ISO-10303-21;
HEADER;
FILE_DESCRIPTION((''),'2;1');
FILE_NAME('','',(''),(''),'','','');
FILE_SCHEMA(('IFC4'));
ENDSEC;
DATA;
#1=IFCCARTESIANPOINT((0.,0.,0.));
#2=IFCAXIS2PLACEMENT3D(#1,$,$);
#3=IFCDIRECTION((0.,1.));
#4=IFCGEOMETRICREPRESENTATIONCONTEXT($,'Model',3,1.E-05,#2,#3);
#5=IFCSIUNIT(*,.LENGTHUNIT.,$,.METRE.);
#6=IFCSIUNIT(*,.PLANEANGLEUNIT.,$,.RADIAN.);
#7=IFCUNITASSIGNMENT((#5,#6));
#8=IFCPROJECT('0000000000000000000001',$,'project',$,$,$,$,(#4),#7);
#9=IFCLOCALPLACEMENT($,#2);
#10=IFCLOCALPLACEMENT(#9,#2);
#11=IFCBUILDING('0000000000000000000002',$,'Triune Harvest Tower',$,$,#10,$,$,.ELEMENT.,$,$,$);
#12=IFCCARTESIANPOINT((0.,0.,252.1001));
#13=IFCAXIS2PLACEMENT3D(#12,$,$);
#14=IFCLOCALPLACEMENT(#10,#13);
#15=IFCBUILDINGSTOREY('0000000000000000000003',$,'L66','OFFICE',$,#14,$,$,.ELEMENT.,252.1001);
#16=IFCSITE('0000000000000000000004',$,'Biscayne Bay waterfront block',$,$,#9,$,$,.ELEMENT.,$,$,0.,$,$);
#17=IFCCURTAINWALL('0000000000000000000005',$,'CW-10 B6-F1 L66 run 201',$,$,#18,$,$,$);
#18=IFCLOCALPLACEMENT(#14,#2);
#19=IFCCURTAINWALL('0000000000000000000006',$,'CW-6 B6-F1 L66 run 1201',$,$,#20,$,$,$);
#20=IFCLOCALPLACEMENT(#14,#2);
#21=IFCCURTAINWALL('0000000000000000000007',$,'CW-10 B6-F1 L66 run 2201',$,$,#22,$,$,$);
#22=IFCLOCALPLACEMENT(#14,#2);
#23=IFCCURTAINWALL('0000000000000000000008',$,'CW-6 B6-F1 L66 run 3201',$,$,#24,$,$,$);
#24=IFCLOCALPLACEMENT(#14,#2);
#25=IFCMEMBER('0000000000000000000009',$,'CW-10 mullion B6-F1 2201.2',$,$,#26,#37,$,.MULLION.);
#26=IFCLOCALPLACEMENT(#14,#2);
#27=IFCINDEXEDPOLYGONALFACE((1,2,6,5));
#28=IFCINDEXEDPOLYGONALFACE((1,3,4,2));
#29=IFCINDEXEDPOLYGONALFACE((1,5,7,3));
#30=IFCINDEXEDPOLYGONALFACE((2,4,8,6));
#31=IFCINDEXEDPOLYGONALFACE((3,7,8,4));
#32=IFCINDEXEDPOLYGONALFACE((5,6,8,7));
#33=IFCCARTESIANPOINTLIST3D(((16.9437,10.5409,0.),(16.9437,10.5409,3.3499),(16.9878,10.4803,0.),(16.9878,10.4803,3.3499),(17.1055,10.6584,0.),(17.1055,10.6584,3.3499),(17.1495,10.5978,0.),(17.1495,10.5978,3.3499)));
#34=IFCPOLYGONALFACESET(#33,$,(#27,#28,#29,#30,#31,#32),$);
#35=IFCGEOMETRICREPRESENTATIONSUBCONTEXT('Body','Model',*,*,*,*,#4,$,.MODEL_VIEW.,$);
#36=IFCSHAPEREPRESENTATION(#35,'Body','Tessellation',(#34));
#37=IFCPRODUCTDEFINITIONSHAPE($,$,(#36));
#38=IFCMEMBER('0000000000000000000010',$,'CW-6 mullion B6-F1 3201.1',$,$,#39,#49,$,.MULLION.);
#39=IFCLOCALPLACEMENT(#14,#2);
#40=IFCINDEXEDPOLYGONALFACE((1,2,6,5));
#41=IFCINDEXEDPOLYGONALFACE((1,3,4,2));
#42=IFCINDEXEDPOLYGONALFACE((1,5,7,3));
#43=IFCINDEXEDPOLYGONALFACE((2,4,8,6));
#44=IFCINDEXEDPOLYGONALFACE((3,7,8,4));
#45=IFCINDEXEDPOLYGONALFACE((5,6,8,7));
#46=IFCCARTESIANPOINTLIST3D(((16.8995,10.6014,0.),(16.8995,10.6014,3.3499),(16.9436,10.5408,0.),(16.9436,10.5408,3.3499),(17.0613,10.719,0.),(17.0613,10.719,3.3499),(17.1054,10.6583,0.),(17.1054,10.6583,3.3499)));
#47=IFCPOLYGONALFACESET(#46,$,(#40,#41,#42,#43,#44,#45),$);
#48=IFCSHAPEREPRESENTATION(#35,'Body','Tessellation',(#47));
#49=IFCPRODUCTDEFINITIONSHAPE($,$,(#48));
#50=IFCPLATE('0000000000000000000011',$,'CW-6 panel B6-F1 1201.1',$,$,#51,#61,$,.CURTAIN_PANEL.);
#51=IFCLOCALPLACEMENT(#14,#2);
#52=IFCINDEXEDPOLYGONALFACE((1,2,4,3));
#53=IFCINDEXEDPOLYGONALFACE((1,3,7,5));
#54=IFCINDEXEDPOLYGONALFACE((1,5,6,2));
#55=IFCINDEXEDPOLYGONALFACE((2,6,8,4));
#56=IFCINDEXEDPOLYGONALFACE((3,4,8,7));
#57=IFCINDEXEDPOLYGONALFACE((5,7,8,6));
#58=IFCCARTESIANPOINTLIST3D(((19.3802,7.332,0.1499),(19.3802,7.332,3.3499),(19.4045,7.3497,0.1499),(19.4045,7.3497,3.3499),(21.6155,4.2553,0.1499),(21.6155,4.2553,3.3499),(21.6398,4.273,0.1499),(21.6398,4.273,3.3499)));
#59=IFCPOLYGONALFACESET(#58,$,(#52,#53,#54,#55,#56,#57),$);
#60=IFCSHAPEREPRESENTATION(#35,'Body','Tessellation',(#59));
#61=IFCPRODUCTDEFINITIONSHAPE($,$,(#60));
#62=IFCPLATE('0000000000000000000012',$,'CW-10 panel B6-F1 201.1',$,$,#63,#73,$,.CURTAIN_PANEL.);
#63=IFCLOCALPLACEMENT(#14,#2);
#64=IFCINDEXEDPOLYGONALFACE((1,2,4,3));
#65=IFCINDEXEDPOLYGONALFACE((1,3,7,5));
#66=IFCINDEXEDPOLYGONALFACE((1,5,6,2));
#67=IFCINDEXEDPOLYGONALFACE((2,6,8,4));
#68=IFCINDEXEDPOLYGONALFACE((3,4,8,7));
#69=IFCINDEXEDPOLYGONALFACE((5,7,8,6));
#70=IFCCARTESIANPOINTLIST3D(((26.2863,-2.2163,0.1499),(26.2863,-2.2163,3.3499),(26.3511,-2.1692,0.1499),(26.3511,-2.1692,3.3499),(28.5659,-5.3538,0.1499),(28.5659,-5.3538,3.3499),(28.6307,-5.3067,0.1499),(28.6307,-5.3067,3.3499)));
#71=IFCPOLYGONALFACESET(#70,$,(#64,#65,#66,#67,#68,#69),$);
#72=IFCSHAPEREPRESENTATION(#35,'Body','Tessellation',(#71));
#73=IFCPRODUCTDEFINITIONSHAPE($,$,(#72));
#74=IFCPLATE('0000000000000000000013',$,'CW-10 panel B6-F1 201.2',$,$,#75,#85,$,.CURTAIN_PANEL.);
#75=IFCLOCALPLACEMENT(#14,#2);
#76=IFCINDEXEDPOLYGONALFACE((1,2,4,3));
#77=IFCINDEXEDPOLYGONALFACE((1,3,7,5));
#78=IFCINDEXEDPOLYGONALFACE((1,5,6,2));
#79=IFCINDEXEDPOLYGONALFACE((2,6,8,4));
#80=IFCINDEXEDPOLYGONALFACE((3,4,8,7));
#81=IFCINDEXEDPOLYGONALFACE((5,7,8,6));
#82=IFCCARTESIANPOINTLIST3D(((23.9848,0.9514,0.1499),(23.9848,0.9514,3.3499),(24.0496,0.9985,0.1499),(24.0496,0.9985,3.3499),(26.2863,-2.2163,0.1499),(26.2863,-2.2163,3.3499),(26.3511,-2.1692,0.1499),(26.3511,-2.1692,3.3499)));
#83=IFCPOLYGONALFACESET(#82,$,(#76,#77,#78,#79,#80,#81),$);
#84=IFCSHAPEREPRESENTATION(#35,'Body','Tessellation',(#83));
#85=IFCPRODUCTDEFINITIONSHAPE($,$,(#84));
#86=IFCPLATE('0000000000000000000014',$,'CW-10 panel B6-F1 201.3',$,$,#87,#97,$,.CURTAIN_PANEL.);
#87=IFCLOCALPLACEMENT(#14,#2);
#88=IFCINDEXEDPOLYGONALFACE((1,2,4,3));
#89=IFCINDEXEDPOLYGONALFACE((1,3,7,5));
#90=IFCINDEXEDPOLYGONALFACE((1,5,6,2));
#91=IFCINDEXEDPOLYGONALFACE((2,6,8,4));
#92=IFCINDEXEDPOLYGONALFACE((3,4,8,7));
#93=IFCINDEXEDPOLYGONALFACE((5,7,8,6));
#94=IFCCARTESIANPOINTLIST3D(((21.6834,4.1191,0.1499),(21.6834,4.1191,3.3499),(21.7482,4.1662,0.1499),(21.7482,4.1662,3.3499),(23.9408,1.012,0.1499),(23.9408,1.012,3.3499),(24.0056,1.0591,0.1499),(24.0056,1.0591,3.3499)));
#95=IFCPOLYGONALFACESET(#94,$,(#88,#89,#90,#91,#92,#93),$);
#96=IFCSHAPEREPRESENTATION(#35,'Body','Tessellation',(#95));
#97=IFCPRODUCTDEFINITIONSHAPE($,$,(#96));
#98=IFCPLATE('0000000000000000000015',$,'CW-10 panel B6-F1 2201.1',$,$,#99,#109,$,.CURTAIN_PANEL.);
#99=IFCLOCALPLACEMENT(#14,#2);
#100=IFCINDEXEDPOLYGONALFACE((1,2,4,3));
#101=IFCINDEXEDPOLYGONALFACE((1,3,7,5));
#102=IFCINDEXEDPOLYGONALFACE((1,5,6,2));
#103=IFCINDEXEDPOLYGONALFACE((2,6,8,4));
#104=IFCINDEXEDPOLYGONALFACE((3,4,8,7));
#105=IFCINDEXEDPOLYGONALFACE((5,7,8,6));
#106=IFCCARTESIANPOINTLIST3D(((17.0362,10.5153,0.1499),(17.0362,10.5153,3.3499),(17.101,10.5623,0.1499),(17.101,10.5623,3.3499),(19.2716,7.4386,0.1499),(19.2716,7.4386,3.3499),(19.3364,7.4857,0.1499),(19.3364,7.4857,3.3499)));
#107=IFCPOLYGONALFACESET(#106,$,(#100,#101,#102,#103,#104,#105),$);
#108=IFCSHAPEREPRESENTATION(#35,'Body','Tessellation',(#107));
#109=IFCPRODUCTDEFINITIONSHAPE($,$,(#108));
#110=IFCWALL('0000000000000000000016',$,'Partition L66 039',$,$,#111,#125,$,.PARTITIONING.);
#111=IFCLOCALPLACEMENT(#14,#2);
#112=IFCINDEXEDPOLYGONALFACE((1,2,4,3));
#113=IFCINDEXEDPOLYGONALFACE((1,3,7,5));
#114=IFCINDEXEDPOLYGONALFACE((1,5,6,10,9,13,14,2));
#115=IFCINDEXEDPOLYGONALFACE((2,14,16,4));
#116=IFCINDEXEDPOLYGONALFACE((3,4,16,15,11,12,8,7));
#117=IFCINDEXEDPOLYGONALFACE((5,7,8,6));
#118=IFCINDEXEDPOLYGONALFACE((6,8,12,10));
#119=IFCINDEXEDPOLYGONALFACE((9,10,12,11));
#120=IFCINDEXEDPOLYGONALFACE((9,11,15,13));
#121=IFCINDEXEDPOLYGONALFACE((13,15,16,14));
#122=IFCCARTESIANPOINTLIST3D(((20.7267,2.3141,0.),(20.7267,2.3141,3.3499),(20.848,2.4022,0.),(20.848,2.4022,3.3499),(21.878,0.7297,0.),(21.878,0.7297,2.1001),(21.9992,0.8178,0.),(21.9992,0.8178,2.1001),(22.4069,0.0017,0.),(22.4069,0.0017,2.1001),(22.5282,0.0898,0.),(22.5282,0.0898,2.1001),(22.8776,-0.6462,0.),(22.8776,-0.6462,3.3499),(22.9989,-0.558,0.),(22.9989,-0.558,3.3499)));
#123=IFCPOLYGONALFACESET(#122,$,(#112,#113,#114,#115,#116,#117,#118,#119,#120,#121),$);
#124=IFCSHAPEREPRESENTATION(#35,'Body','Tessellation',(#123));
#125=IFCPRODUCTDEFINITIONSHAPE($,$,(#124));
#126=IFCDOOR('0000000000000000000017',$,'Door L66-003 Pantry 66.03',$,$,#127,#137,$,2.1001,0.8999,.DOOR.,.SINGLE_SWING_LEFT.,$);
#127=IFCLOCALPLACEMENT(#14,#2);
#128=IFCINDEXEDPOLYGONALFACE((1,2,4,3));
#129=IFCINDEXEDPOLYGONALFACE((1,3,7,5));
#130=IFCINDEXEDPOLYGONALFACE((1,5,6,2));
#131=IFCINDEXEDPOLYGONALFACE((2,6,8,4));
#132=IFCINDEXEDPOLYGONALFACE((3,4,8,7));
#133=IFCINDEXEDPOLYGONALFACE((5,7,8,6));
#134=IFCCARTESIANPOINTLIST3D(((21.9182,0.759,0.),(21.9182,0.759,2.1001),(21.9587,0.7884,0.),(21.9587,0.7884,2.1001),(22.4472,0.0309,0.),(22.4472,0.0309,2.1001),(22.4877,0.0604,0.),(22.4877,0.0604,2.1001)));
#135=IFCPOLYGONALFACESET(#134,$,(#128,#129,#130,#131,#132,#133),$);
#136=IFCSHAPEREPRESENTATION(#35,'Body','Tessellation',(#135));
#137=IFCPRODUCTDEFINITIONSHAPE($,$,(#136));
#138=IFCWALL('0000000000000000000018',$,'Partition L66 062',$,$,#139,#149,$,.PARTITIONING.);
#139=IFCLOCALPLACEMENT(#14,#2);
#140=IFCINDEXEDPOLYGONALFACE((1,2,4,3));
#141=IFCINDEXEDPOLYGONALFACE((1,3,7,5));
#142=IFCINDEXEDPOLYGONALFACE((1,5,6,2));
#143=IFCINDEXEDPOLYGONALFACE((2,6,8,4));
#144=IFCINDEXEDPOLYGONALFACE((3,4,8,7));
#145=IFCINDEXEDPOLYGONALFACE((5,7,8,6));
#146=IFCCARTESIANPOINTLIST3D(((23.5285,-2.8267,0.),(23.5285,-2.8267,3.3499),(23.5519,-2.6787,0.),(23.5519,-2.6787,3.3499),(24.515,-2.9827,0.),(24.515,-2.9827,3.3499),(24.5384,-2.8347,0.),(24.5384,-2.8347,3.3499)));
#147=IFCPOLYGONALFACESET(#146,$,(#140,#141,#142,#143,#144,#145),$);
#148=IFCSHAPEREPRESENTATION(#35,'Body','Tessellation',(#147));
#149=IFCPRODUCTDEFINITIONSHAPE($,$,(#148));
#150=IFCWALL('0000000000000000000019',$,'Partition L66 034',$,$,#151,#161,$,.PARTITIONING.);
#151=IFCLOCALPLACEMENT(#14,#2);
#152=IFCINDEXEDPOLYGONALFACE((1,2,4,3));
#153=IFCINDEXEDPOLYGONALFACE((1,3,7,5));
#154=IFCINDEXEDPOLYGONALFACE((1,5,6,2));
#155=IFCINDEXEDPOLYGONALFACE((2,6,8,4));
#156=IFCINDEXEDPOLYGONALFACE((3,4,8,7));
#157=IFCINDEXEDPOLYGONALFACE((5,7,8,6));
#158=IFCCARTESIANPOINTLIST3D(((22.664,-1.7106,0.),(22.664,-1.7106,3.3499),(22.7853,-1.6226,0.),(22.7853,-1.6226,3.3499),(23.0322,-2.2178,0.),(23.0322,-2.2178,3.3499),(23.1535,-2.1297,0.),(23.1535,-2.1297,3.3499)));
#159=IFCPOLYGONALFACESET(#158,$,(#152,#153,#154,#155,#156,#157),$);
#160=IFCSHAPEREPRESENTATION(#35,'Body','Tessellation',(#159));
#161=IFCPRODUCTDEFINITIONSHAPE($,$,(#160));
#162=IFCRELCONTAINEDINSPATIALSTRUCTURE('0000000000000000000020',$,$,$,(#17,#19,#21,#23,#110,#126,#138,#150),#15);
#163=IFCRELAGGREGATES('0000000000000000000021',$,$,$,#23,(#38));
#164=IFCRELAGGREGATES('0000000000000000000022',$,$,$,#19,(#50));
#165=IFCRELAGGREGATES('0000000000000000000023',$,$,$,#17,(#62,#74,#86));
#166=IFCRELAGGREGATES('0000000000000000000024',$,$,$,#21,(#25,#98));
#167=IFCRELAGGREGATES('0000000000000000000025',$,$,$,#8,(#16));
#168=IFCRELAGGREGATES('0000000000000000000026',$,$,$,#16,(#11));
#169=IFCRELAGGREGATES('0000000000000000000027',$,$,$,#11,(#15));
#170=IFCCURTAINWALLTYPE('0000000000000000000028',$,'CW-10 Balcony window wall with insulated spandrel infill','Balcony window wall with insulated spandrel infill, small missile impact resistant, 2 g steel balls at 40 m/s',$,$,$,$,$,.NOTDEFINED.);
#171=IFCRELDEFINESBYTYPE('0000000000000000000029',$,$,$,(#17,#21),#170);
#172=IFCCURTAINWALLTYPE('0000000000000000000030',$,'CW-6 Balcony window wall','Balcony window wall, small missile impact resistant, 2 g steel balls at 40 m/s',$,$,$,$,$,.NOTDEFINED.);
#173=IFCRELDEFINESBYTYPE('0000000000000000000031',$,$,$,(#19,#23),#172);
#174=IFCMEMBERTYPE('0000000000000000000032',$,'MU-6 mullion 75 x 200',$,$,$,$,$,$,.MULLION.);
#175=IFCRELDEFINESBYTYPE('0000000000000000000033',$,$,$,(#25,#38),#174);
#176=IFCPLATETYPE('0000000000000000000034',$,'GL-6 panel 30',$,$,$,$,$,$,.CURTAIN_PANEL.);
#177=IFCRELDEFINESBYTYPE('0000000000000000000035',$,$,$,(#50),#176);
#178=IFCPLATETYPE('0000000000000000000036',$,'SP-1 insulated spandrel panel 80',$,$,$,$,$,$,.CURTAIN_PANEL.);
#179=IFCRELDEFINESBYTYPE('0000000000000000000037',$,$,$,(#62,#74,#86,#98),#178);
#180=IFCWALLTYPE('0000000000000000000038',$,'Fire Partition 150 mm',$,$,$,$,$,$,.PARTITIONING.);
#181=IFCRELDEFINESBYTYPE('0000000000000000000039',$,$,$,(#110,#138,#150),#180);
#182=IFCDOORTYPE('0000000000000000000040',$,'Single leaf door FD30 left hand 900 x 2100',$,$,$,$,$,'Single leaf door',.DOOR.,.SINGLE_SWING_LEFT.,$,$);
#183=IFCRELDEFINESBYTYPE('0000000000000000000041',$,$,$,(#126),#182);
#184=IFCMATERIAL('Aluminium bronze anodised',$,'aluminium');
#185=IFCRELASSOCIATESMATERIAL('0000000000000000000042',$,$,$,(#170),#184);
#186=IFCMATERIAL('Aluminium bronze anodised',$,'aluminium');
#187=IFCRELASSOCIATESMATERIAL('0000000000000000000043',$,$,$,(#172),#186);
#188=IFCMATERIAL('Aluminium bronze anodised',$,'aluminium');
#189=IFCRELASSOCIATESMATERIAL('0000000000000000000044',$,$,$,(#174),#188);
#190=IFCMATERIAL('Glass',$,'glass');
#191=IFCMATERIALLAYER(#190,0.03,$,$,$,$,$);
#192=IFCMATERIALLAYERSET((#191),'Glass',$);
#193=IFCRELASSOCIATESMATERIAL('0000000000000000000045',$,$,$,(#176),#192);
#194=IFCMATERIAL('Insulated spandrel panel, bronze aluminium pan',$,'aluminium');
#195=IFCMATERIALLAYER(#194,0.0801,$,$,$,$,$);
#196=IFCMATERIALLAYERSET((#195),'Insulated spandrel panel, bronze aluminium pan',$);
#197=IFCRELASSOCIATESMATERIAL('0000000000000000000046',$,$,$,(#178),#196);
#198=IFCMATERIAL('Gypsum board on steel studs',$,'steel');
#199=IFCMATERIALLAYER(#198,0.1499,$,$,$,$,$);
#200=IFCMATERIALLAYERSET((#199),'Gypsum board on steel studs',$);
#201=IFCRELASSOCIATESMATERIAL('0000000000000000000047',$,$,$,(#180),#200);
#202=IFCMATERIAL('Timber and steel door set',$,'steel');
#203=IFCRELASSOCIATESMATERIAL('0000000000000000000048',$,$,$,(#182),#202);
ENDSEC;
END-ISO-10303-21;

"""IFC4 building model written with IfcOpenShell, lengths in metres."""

from ifc_helpers import new_model, si_unit, direction, frame, frame_2d, origin, origin_2d, place, context, subcontext, project, spatial, rectangle, extrude, source, transform, mapped, material, layer, layer_set, material_profile, profile_set, type_object, element, fill, aggregate, save


model = new_model("IFC4")

# Units and contexts
model_context = context("Model", 3, precision=1e-05, world=origin(), true_north=direction((0.0, 1.0)))
body_context = subcontext(model_context, "Body", "Model", "MODEL_VIEW")
ifc_project = project(units=[si_unit("LENGTHUNIT", "METRE"), si_unit("PLANEANGLEUNIT", "RADIAN")], contexts=[model_context])

# Site, building, storey
site_placement = place(None, origin())
site = spatial("IfcSite", under=ifc_project, at=site_placement, Name="Biscayne Bay waterfront block", CompositionType="ELEMENT", RefElevation=0.0)
building_placement = place(site_placement, origin())
building = spatial("IfcBuilding", under=site, at=building_placement, Name="Triune Harvest Tower", CompositionType="ELEMENT")
storey_placement = place(building_placement, frame((0.0, 0.0, 252.1001)))
storey = spatial("IfcBuildingStorey", under=building, at=storey_placement, Name="L66", Description="OFFICE", CompositionType="ELEMENT", Elevation=252.1001)

# Curtain walls
ifc_material_1 = material(Name="Aluminium bronze anodised", Category="aluminium")
curtain_wall_type_1 = type_object("IfcCurtainWallType", Name="CW-10 Balcony window wall with insulated spandrel infill", Description="Balcony window wall with insulated spandrel infill, small missile impact resistant, 2 g steel balls at 40 m/s", PredefinedType="NOTDEFINED", material=ifc_material_1)
curtain_wall_1_placement = place(storey_placement, origin())
curtain_wall_1 = element("IfcCurtainWall", 1, at=curtain_wall_1_placement, inside=storey, type_object=curtain_wall_type_1, Name="CW-10 B6-F1 L66 run 201")
ifc_material_2 = material(Name="Aluminium bronze anodised", Category="aluminium")
curtain_wall_type_2 = type_object("IfcCurtainWallType", Name="CW-6 Balcony window wall", Description="Balcony window wall, small missile impact resistant, 2 g steel balls at 40 m/s", PredefinedType="NOTDEFINED", material=ifc_material_2)
curtain_wall_2_placement = place(storey_placement, origin())
curtain_wall_2 = element("IfcCurtainWall", 2, at=curtain_wall_2_placement, inside=storey, type_object=curtain_wall_type_2, Name="CW-6 B6-F1 L66 run 1201")
curtain_wall_3_placement = place(storey_placement, origin())
curtain_wall_3 = element("IfcCurtainWall", 3, at=curtain_wall_3_placement, inside=storey, type_object=curtain_wall_type_1, Name="CW-10 B6-F1 L66 run 2201")
curtain_wall_4_placement = place(storey_placement, origin())
curtain_wall_4 = element("IfcCurtainWall", 4, at=curtain_wall_4_placement, inside=storey, type_object=curtain_wall_type_2, Name="CW-6 B6-F1 L66 run 3201")

# Members
ifc_material_3 = material(Name="Aluminium bronze anodised", Category="aluminium")
ifc_material_profile_1 = material_profile(ifc_material_3, rectangle(XDim=0.2, YDim=0.075, at=origin_2d()), Name="MU-6 mullion 75 x 200")
ifc_profile_set_1 = profile_set([ifc_material_profile_1], Name="Aluminium bronze anodised")
member_type_1 = type_object("IfcMemberType", Name="MU-6 mullion 75 x 200", PredefinedType="MULLION", material=ifc_profile_set_1)
shared_shape_1 = source(origin(), body_context, "Body", "SweptSolid", [
    extrude(rectangle(XDim=0.2, YDim=0.075, at=origin_2d()), origin(), (0.0, 0.0, 1.0), 3.3499),
])
member_1_placement = place(storey_placement, frame((17.0466, 10.5693, 0.0), z_axis=(0.0, 0.0, 1.0), x_axis=(-0.809012, -0.587793, 0.0)))
member_1 = element("IfcMember", 5, at=member_1_placement, type_object=member_type_1, Name="CW-10 mullion B6-F1 2201.2", PredefinedType="MULLION", context=body_context, shape_type="MappedRepresentation", body=[
    mapped(shared_shape_1, transform((0.0, 0.0, 0.0), scale=1.0)),
])
member_2_placement = place(storey_placement, frame((17.0024, 10.6299, 0.0), z_axis=(0.0, 0.0, 1.0), x_axis=(-0.809018, -0.587784, 0.0)))
member_2 = element("IfcMember", 6, at=member_2_placement, type_object=member_type_1, Name="CW-6 mullion B6-F1 3201.1", PredefinedType="MULLION", context=body_context, shape_type="MappedRepresentation", body=[
    mapped(shared_shape_1, transform((0.0, 0.0, 0.0), scale=1.0)),
])
aggregate(curtain_wall_4, [member_2])

# Plates
ifc_material_4 = material(Name="Glass", Category="glass")
ifc_layer_1 = layer(ifc_material_4, 0.03)
ifc_layer_set_1 = layer_set([ifc_layer_1], Name="Glass")
plate_type_1 = type_object("IfcPlateType", Name="GL-6 panel 30", PredefinedType="CURTAIN_PANEL", material=ifc_layer_set_1)
plate_1_placement = place(storey_placement, frame((20.51, 5.8025, 0.1499), z_axis=(0.0, 0.0, 1.0), x_axis=(-0.587776, 0.809024, 0.0)))
plate_1 = element("IfcPlate", 7, at=plate_1_placement, type_object=plate_type_1, Name="CW-6 panel B6-F1 1201.1", PredefinedType="CURTAIN_PANEL", context=body_context, shape_type="SweptSolid", body=[
    extrude(rectangle(XDim=3.803, YDim=0.03, at=origin_2d()), origin(), (0.0, 0.0, 1.0), 3.2),
])
aggregate(curtain_wall_2, [plate_1])
ifc_material_5 = material(Name="Insulated spandrel panel, bronze aluminium pan", Category="aluminium")
ifc_layer_2 = layer(ifc_material_5, 0.0801)
ifc_layer_set_2 = layer_set([ifc_layer_2], Name="Insulated spandrel panel, bronze aluminium pan")
plate_type_2 = type_object("IfcPlateType", Name="SP-1 insulated spandrel panel 80", PredefinedType="CURTAIN_PANEL", material=ifc_layer_set_2)
plate_2_placement = place(storey_placement, frame((27.4585, -3.7615, 0.1499), z_axis=(0.0, 0.0, 1.0), x_axis=(-0.587787, 0.809016, 0.0)))
plate_2 = element("IfcPlate", 8, at=plate_2_placement, type_object=plate_type_2, Name="CW-10 panel B6-F1 201.1", PredefinedType="CURTAIN_PANEL", context=body_context, shape_type="SweptSolid", body=[
    extrude(rectangle(XDim=3.8782, YDim=0.0801, at=origin_2d()), origin(), (0.0, 0.0, 1.0), 3.2),
])
plate_3_placement = place(storey_placement, frame((25.168, -0.6089, 0.1499), z_axis=(0.0, 0.0, 1.0), x_axis=(-0.587787, 0.809016, 0.0)))
plate_3 = element("IfcPlate", 9, at=plate_3_placement, type_object=plate_type_2, Name="CW-10 panel B6-F1 201.2", PredefinedType="CURTAIN_PANEL", context=body_context, shape_type="SweptSolid", body=[
    extrude(rectangle(XDim=3.9155, YDim=0.0801, at=origin_2d()), origin(), (0.0, 0.0, 1.0), 3.2),
])
plate_4_placement = place(storey_placement, frame((22.8445, 2.5891, 0.1499), z_axis=(0.0, 0.0, 1.0), x_axis=(-0.587787, 0.809016, 0.0)))
plate_4 = element("IfcPlate", 10, at=plate_4_placement, type_object=plate_type_2, Name="CW-10 panel B6-F1 201.3", PredefinedType="CURTAIN_PANEL", context=body_context, shape_type="SweptSolid", body=[
    extrude(rectangle(XDim=3.8406, YDim=0.0801, at=origin_2d()), origin(), (0.0, 0.0, 1.0), 3.2),
])
aggregate(curtain_wall_1, [plate_2, plate_3, plate_4])
plate_5_placement = place(storey_placement, frame((18.1863, 9.0005, 0.1499), z_axis=(0.0, 0.0, 1.0), x_axis=(-0.587793, 0.809012, 0.0)))
plate_5 = element("IfcPlate", 11, at=plate_5_placement, type_object=plate_type_2, Name="CW-10 panel B6-F1 2201.1", PredefinedType="CURTAIN_PANEL", context=body_context, shape_type="SweptSolid", body=[
    extrude(rectangle(XDim=3.803, YDim=0.0801, at=origin_2d()), origin(), (0.0, 0.0, 1.0), 3.2),
])
aggregate(curtain_wall_3, [member_1, plate_5])

# Wall, opening, door
ifc_material_6 = material(Name="Gypsum board on steel studs", Category="steel")
ifc_layer_3 = layer(ifc_material_6, 0.1499)
ifc_layer_set_3 = layer_set([ifc_layer_3], Name="Gypsum board on steel studs")
wall_type = type_object("IfcWallType", Name="Fire Partition 150 mm", PredefinedType="PARTITIONING", material=ifc_layer_set_3)
wall_1_placement = place(storey_placement, frame((20.7874, 2.3582, 0.0), z_axis=(0.0, 0.0, 1.0), x_axis=(0.587815, -0.808996, 0.0)))
wall_1 = element("IfcWall", 12, at=wall_1_placement, inside=storey, type_object=wall_type, Name="Partition L66 039", PredefinedType="PARTITIONING", context=body_context, shape_type="SweptSolid", body=[
    extrude(rectangle(XDim=3.6592, YDim=0.1499, at=frame_2d((1.8296, 0.0))), origin(), (0.0, 0.0, 1.0), 3.3499),
])
opening_1_placement = place(wall_1_placement, frame((1.9585, 0.0, 0.0)))
opening_1 = element("IfcOpeningElement", 13, at=opening_1_placement, cuts=wall_1, PredefinedType="OPENING", context=body_context, shape_type="SweptSolid", body=[
    extrude(rectangle(XDim=0.8999, YDim=2.1001, at=frame_2d((0.45, 1.05))), frame((0.0, 0.085, 0.0), z_axis=(0.0, -1.0, 0.0), x_axis=(1.0, 0.0, 0.0)), (0.0, 0.0, 1.0), 0.1699),
])
ifc_material_7 = material(Name="Timber and steel door set", Category="steel")
door_type_1 = type_object("IfcDoorType", Name="Single leaf door FD30 left hand 900 x 2100", ElementType="Single leaf door", OperationType="SINGLE_SWING_LEFT", PredefinedType="DOOR", material=ifc_material_7)
door_1_placement = place(opening_1_placement, origin())
door_1 = element("IfcDoor", 14, at=door_1_placement, inside=storey, type_object=door_type_1, Name="Door L66-003 Pantry 66.03", OperationType="SINGLE_SWING_LEFT", OverallHeight=2.1001, OverallWidth=0.8999, PredefinedType="DOOR", context=body_context, shape_type="SweptSolid", body=[
    extrude(rectangle(XDim=0.8999, YDim=2.1001, at=frame_2d((0.45, 1.05))), frame((0.0, 0.0249, 0.0), z_axis=(0.0, -1.0, 0.0), x_axis=(1.0, 0.0, 0.0)), (0.0, 0.0, 1.0), 0.05),
])
fill(opening_1, door_1)

# Walls
shared_shape_2 = source(origin(), body_context, "Body", "SweptSolid", [
    extrude(rectangle(XDim=0.9988, YDim=0.1499, at=frame_2d((0.4995, 0.0))), origin(), (0.0, 0.0, 1.0), 3.3499),
])
wall_2_placement = place(storey_placement, frame((23.54, -2.7527, 0.0), z_axis=(0.0, 0.0, 1.0), x_axis=(0.987727, -0.156188, 0.0)))
element("IfcWall", 15, at=wall_2_placement, inside=storey, type_object=wall_type, Name="Partition L66 062", PredefinedType="PARTITIONING", context=body_context, shape_type="MappedRepresentation", body=[
    mapped(shared_shape_2, transform((0.0, 0.0, 0.0), scale=1.0)),
])
shared_shape_3 = source(origin(), body_context, "Body", "SweptSolid", [
    extrude(rectangle(XDim=0.6267, YDim=0.1499, at=frame_2d((0.3135, 0.0))), origin(), (0.0, 0.0, 1.0), 3.3499),
])
wall_3_placement = place(storey_placement, frame((22.7246, -1.6665, 0.0), z_axis=(0.0, 0.0, 1.0), x_axis=(0.587523, -0.809208, 0.0)))
element("IfcWall", 16, at=wall_3_placement, inside=storey, type_object=wall_type, Name="Partition L66 034", PredefinedType="PARTITIONING", context=body_context, shape_type="MappedRepresentation", body=[
    mapped(shared_shape_3, transform((0.0, 0.0, 0.0), scale=1.0)),
])

save(model, "model.ifc")
